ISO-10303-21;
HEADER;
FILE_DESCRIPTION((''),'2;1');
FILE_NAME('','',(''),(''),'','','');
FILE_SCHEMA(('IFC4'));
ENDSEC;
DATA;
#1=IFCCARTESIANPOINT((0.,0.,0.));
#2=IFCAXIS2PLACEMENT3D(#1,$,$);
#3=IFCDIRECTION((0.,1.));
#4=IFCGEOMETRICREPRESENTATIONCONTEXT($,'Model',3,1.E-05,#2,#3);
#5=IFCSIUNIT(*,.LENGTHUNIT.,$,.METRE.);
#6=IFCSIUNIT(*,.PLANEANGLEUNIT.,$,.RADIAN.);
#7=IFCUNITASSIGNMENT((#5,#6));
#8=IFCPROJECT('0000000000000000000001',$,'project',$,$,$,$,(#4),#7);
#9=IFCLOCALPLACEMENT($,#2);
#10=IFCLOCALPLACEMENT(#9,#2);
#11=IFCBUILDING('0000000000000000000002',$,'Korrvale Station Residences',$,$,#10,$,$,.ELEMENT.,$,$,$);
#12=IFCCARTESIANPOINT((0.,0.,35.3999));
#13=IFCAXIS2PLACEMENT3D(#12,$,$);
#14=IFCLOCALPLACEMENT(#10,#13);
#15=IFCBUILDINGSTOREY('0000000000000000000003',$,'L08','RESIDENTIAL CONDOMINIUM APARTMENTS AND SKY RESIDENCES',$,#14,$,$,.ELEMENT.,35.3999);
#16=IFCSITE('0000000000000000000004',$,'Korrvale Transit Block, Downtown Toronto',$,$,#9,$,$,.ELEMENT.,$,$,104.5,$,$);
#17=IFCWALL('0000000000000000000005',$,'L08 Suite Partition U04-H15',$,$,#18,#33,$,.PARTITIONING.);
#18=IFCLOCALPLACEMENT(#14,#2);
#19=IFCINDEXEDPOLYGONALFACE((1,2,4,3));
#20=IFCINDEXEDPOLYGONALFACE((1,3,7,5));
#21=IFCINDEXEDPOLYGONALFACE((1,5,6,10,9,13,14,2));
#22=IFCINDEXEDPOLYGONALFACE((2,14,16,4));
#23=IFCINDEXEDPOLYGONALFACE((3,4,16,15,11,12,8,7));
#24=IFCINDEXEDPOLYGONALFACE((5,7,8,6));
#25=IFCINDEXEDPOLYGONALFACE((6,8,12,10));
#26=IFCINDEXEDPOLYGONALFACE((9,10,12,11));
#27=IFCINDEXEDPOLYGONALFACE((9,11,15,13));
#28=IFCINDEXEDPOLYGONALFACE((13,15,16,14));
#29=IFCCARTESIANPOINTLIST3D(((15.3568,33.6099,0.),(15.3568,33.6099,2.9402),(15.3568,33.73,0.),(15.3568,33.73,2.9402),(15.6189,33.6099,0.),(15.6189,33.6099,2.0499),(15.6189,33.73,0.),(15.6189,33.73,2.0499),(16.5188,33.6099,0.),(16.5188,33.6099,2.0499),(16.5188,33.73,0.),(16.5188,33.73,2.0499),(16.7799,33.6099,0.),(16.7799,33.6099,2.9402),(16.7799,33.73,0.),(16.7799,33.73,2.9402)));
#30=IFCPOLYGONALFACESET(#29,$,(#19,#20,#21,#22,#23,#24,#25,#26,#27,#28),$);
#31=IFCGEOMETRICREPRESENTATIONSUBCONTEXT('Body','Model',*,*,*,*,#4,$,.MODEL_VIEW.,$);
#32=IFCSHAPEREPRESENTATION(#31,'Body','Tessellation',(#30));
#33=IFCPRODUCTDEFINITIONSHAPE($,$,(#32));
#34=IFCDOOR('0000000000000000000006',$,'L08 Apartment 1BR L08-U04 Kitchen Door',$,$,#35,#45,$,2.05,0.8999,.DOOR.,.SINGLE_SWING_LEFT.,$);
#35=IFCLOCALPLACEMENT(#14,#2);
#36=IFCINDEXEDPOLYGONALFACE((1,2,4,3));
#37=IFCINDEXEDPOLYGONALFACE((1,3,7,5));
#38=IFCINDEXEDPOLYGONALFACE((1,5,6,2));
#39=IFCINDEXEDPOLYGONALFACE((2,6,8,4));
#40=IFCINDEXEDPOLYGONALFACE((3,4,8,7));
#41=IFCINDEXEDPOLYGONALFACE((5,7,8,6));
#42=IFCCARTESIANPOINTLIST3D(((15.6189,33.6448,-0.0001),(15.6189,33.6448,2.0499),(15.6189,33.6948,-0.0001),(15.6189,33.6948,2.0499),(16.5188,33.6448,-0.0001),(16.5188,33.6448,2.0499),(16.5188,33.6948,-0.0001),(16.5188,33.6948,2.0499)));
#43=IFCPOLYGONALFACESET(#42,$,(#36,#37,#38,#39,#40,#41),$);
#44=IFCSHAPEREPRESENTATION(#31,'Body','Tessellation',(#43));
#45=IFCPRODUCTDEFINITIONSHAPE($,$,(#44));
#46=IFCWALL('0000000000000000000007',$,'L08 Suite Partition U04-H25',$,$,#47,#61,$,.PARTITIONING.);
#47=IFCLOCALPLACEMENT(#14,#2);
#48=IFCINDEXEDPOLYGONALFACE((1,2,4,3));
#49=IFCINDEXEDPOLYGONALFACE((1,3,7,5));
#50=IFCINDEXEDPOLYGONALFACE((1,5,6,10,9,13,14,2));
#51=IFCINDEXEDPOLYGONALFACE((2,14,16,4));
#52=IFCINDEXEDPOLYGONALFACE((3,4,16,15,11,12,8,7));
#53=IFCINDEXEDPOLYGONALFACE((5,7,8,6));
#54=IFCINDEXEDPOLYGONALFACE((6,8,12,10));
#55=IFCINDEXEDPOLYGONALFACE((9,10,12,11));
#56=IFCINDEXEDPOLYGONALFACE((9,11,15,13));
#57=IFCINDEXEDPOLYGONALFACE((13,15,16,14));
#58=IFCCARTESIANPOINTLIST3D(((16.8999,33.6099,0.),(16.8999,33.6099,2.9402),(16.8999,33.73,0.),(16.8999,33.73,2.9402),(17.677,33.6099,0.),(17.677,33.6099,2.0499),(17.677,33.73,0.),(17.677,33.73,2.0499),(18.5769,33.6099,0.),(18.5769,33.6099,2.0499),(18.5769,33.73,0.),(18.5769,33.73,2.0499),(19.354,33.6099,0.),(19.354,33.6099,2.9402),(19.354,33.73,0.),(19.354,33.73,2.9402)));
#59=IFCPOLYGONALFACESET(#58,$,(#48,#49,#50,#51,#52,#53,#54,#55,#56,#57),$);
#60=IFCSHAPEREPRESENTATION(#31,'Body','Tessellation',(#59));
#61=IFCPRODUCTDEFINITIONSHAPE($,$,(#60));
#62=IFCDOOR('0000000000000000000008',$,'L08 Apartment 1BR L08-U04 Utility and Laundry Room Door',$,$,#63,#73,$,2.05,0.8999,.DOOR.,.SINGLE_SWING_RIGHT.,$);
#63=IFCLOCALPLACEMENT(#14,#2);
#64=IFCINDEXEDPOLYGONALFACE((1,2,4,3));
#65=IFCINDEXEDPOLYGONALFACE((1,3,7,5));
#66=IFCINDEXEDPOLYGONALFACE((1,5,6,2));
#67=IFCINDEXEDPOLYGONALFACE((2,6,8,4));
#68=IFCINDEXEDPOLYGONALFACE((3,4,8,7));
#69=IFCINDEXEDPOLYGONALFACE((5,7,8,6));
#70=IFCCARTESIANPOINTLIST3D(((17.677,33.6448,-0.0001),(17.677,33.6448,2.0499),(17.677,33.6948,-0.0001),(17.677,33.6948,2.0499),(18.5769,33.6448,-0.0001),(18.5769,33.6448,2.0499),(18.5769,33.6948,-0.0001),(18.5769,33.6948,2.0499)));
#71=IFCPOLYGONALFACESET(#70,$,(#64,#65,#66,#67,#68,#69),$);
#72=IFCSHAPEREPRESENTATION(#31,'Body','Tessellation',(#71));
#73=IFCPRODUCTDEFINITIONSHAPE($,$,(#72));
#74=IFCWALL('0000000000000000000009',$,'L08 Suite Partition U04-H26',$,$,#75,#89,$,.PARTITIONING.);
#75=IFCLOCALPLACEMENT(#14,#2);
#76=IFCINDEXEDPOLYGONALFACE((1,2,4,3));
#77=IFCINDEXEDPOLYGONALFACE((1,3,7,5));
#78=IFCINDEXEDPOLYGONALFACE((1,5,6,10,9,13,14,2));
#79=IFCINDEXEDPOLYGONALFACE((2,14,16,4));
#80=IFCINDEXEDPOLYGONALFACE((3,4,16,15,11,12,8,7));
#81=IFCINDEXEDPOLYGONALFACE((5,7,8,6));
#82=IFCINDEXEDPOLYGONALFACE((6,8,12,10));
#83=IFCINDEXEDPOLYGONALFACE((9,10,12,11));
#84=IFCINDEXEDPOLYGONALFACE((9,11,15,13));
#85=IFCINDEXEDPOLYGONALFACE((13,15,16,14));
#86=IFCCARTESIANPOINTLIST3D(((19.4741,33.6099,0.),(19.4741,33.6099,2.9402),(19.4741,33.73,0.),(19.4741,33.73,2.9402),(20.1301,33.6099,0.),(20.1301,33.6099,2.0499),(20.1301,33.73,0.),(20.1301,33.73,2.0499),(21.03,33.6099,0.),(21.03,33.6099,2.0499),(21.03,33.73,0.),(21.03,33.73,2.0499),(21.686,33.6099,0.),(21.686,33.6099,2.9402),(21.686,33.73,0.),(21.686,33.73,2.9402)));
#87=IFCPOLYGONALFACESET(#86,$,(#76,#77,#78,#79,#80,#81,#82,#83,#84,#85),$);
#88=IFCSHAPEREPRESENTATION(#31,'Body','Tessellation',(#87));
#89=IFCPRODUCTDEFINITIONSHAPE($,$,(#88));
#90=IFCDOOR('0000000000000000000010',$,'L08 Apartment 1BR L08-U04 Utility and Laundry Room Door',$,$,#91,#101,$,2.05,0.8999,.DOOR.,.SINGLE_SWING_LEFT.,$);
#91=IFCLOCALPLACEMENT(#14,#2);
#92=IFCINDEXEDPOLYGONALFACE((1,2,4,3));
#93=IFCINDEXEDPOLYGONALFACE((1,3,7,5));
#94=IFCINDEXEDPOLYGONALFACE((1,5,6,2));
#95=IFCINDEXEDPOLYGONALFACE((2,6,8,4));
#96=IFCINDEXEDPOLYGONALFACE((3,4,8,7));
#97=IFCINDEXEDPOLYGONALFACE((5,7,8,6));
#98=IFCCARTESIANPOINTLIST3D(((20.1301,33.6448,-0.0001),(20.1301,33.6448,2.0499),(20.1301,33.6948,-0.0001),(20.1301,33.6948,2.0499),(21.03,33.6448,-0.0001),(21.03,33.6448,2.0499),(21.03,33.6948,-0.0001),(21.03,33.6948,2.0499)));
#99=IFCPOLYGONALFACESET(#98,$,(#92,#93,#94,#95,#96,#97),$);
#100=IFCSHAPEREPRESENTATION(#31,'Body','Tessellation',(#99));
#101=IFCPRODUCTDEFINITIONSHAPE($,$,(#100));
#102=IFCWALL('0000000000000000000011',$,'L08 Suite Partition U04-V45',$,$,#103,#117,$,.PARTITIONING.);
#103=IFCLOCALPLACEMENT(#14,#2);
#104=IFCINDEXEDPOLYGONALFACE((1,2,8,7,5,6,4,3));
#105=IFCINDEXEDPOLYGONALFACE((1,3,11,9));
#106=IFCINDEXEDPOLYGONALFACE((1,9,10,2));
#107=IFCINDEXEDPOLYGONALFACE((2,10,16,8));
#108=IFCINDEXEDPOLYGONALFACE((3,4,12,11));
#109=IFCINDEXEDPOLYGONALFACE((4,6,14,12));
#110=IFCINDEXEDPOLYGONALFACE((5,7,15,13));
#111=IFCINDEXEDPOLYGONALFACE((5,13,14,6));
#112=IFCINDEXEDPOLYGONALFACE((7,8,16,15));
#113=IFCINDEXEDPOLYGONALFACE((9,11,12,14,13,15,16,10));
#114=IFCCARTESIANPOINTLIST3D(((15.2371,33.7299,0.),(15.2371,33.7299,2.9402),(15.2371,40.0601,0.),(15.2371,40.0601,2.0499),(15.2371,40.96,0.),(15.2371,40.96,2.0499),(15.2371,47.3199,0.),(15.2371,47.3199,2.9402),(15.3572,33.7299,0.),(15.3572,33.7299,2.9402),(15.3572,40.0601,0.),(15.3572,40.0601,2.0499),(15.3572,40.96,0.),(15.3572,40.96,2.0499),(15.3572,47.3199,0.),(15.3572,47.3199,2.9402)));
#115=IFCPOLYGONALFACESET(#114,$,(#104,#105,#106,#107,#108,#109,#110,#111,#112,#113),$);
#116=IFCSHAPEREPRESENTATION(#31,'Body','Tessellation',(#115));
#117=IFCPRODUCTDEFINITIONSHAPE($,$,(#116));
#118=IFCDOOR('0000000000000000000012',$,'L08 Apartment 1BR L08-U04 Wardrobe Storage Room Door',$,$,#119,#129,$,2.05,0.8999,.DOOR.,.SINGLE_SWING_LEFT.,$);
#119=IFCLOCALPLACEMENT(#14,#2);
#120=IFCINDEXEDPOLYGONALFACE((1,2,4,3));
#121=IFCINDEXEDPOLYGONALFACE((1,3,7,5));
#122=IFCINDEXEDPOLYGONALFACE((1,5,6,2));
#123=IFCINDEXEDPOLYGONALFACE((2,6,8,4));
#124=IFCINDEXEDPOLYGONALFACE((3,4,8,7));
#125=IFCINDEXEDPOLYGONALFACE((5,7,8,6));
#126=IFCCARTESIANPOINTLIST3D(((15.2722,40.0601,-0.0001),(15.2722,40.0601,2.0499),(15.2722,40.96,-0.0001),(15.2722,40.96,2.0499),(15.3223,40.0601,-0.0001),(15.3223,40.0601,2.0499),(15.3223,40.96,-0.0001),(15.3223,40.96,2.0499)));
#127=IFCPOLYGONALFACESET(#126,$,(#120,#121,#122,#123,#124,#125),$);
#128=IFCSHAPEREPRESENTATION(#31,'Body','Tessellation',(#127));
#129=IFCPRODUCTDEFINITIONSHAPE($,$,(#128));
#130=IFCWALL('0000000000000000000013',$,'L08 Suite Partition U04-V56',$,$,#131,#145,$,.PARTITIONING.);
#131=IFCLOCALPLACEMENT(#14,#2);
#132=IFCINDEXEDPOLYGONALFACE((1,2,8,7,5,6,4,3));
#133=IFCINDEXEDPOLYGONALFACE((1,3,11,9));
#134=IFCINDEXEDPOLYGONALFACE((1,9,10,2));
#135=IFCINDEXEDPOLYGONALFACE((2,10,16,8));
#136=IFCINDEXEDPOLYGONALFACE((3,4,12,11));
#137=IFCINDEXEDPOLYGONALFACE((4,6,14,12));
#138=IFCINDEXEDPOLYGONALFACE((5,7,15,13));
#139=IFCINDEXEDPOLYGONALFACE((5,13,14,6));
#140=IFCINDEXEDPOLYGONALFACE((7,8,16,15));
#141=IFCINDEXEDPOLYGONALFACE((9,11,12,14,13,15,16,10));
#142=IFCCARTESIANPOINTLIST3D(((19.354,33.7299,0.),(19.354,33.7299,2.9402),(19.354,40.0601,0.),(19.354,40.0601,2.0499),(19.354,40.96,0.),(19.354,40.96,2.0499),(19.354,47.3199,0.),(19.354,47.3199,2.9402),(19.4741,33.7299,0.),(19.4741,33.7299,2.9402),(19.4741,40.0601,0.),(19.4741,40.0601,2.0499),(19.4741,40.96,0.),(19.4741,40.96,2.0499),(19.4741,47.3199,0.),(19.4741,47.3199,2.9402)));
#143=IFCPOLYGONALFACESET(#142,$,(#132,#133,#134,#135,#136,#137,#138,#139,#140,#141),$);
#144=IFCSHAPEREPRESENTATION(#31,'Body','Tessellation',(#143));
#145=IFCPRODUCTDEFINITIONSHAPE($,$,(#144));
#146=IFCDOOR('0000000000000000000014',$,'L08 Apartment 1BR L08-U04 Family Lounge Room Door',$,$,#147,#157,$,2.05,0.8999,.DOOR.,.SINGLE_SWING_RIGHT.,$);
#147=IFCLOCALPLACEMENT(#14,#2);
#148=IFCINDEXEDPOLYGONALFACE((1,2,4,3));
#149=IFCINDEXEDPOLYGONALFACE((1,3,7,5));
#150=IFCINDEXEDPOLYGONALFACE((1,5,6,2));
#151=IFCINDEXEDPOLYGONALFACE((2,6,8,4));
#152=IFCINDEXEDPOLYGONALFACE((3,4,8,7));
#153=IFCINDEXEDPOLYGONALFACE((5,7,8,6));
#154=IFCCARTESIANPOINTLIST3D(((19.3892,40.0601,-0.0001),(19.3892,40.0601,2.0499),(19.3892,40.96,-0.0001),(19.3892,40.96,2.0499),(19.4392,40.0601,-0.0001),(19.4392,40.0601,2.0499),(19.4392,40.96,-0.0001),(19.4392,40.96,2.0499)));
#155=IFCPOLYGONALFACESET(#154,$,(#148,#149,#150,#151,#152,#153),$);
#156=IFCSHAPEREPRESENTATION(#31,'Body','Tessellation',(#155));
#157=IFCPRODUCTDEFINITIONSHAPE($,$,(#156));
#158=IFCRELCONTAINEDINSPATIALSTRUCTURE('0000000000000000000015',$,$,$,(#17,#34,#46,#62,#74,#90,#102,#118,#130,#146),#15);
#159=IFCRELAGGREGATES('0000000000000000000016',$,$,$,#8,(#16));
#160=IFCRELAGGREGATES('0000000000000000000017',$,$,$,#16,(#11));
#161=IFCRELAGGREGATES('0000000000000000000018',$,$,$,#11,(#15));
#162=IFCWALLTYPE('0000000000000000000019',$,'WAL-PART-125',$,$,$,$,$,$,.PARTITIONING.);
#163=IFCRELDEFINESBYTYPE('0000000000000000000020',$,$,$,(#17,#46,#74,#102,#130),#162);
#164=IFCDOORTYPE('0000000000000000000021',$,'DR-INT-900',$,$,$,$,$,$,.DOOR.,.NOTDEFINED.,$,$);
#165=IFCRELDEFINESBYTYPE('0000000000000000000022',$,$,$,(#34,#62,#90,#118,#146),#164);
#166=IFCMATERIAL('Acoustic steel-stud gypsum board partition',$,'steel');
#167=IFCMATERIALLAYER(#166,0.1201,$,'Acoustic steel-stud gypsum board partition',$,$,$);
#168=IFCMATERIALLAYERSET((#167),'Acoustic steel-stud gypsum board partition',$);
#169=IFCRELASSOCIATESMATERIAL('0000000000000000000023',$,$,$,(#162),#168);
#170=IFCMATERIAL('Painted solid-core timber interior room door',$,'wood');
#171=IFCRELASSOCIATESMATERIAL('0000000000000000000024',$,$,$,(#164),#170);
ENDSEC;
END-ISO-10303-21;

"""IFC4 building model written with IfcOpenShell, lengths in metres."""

from ifc_helpers import new_model, si_unit, direction, frame, frame_2d, origin, place, context, subcontext, project, spatial, rectangle, extrude, material, layer, layer_set, type_object, element, fill, save


model = new_model("IFC4")

# Units and contexts
model_context = context("Model", 3, precision=1e-05, world=origin(), true_north=direction((0.0, 1.0)))
body_context = subcontext(model_context, "Body", "Model", "MODEL_VIEW")
ifc_project = project(units=[si_unit("LENGTHUNIT", "METRE"), si_unit("PLANEANGLEUNIT", "RADIAN")], contexts=[model_context])

# Site, building, storey
site_placement = place(None, origin())
site = spatial("IfcSite", under=ifc_project, at=site_placement, Name="Korrvale Transit Block, Downtown Toronto", CompositionType="ELEMENT", RefElevation=104.5)
building_placement = place(site_placement, origin())
building = spatial("IfcBuilding", under=site, at=building_placement, Name="Korrvale Station Residences", CompositionType="ELEMENT")
storey_placement = place(building_placement, frame((0.0, 0.0, 35.3999)))
storey = spatial("IfcBuildingStorey", under=building, at=storey_placement, Name="L08", Description="RESIDENTIAL CONDOMINIUM APARTMENTS AND SKY RESIDENCES", CompositionType="ELEMENT", Elevation=35.3999)

# Walls, openings, doors
ifc_material_1 = material(Name="Acoustic steel-stud gypsum board partition", Category="steel")
ifc_layer_1 = layer(ifc_material_1, 0.1201, Name="Acoustic steel-stud gypsum board partition")
ifc_layer_set_1 = layer_set([ifc_layer_1], Name="Acoustic steel-stud gypsum board partition")
wall_type = type_object("IfcWallType", Name="WAL-PART-125", PredefinedType="PARTITIONING", material=ifc_layer_set_1)
wall_1_placement = place(storey_placement, frame((15.3569, 33.6699, 0.0), z_axis=(0.0, 0.0, 1.0), x_axis=(1.0, 0.0, 0.0)))
wall_1 = element("IfcWall", 1, at=wall_1_placement, inside=storey, type_object=wall_type, Name="L08 Suite Partition U04-H15", PredefinedType="PARTITIONING", context=body_context, shape_type="SweptSolid", body=[
    extrude(rectangle(XDim=1.4231, YDim=0.1201, at=frame_2d((0.7114, 0.0))), origin(), (0.0, 0.0, 1.0), 2.9402),
])
opening_1_placement = place(wall_1_placement, frame((0.262, 0.0, 0.0)))
opening_1 = element("IfcOpeningElement", 2, at=opening_1_placement, cuts=wall_1, PredefinedType="OPENING", context=body_context, shape_type="SweptSolid", body=[
    extrude(rectangle(XDim=0.8999, YDim=2.05, at=frame_2d((0.45, 1.0249))), frame((0.0, 0.0701, 0.0), z_axis=(0.0, -1.0, 0.0), x_axis=(1.0, 0.0, 0.0)), (0.0, 0.0, 1.0), 0.1401),
])
ifc_material_2 = material(Name="Painted solid-core timber interior room door", Category="wood")
door_type_1 = type_object("IfcDoorType", Name="DR-INT-900", OperationType="NOTDEFINED", PredefinedType="DOOR", material=ifc_material_2)
door_1_placement = place(opening_1_placement, origin())
door_1 = element("IfcDoor", 3, at=door_1_placement, inside=storey, type_object=door_type_1, Name="L08 Apartment 1BR L08-U04 Kitchen Door", OperationType="SINGLE_SWING_LEFT", OverallHeight=2.05, OverallWidth=0.8999, PredefinedType="DOOR", context=body_context, shape_type="SweptSolid", body=[
    extrude(rectangle(XDim=0.8999, YDim=2.05, at=frame_2d((0.45, 1.0249))), frame((0.0, 0.0249, 0.0), z_axis=(0.0, -1.0, 0.0), x_axis=(1.0, 0.0, 0.0)), (0.0, 0.0, 1.0), 0.05),
])
fill(opening_1, door_1)
wall_2_placement = place(storey_placement, frame((16.8999, 33.6699, 0.0), z_axis=(0.0, 0.0, 1.0), x_axis=(1.0, 0.0, 0.0)))
wall_2 = element("IfcWall", 4, at=wall_2_placement, inside=storey, type_object=wall_type, Name="L08 Suite Partition U04-H25", PredefinedType="PARTITIONING", context=body_context, shape_type="SweptSolid", body=[
    extrude(rectangle(XDim=2.4541, YDim=0.1201, at=frame_2d((1.2271, 0.0))), origin(), (0.0, 0.0, 1.0), 2.9402),
])
opening_2_placement = place(wall_2_placement, frame((0.7771, 0.0, 0.0)))
opening_2 = element("IfcOpeningElement", 5, at=opening_2_placement, cuts=wall_2, PredefinedType="OPENING", context=body_context, shape_type="SweptSolid", body=[
    extrude(rectangle(XDim=0.8999, YDim=2.05, at=frame_2d((0.45, 1.0249))), frame((0.0, 0.0701, 0.0), z_axis=(0.0, -1.0, 0.0), x_axis=(1.0, 0.0, 0.0)), (0.0, 0.0, 1.0), 0.1401),
])
door_2_placement = place(opening_2_placement, origin())
door_2 = element("IfcDoor", 6, at=door_2_placement, inside=storey, type_object=door_type_1, Name="L08 Apartment 1BR L08-U04 Utility and Laundry Room Door", OperationType="SINGLE_SWING_RIGHT", OverallHeight=2.05, OverallWidth=0.8999, PredefinedType="DOOR", context=body_context, shape_type="SweptSolid", body=[
    extrude(rectangle(XDim=0.8999, YDim=2.05, at=frame_2d((0.45, 1.0249))), frame((0.0, 0.0249, 0.0), z_axis=(0.0, -1.0, 0.0), x_axis=(1.0, 0.0, 0.0)), (0.0, 0.0, 1.0), 0.05),
])
fill(opening_2, door_2)
wall_3_placement = place(storey_placement, frame((19.4741, 33.6699, 0.0), z_axis=(0.0, 0.0, 1.0), x_axis=(1.0, 0.0, 0.0)))
wall_3 = element("IfcWall", 7, at=wall_3_placement, inside=storey, type_object=wall_type, Name="L08 Suite Partition U04-H26", PredefinedType="PARTITIONING", context=body_context, shape_type="SweptSolid", body=[
    extrude(rectangle(XDim=2.2119, YDim=0.1201, at=frame_2d((1.106, 0.0))), origin(), (0.0, 0.0, 1.0), 2.9402),
])
opening_3_placement = place(wall_3_placement, frame((0.656, 0.0, 0.0)))
opening_3 = element("IfcOpeningElement", 8, at=opening_3_placement, cuts=wall_3, PredefinedType="OPENING", context=body_context, shape_type="SweptSolid", body=[
    extrude(rectangle(XDim=0.8999, YDim=2.05, at=frame_2d((0.45, 1.0249))), frame((0.0, 0.0701, 0.0), z_axis=(0.0, -1.0, 0.0), x_axis=(1.0, 0.0, 0.0)), (0.0, 0.0, 1.0), 0.1401),
])
door_3_placement = place(opening_3_placement, origin())
door_3 = element("IfcDoor", 9, at=door_3_placement, inside=storey, type_object=door_type_1, Name="L08 Apartment 1BR L08-U04 Utility and Laundry Room Door", OperationType="SINGLE_SWING_LEFT", OverallHeight=2.05, OverallWidth=0.8999, PredefinedType="DOOR", context=body_context, shape_type="SweptSolid", body=[
    extrude(rectangle(XDim=0.8999, YDim=2.05, at=frame_2d((0.45, 1.0249))), frame((0.0, 0.0249, 0.0), z_axis=(0.0, -1.0, 0.0), x_axis=(1.0, 0.0, 0.0)), (0.0, 0.0, 1.0), 0.05),
])
fill(opening_3, door_3)
wall_4_placement = place(storey_placement, frame((15.2971, 33.73, 0.0), z_axis=(0.0, 0.0, 1.0), x_axis=(0.0, 1.0, 0.0)))
wall_4 = element("IfcWall", 10, at=wall_4_placement, inside=storey, type_object=wall_type, Name="L08 Suite Partition U04-V45", PredefinedType="PARTITIONING", context=body_context, shape_type="SweptSolid", body=[
    extrude(rectangle(XDim=13.5901, YDim=0.1201, at=frame_2d((6.7949, 0.0))), origin(), (0.0, 0.0, 1.0), 2.9402),
])
opening_4_placement = place(wall_4_placement, frame((6.3301, 0.0, 0.0)))
opening_4 = element("IfcOpeningElement", 11, at=opening_4_placement, cuts=wall_4, PredefinedType="OPENING", context=body_context, shape_type="SweptSolid", body=[
    extrude(rectangle(XDim=0.8999, YDim=2.05, at=frame_2d((0.45, 1.0249))), frame((0.0, 0.0701, 0.0), z_axis=(0.0, -1.0, 0.0), x_axis=(1.0, 0.0, 0.0)), (0.0, 0.0, 1.0), 0.1401),
])
door_4_placement = place(opening_4_placement, origin())
door_4 = element("IfcDoor", 12, at=door_4_placement, inside=storey, type_object=door_type_1, Name="L08 Apartment 1BR L08-U04 Wardrobe Storage Room Door", OperationType="SINGLE_SWING_LEFT", OverallHeight=2.05, OverallWidth=0.8999, PredefinedType="DOOR", context=body_context, shape_type="SweptSolid", body=[
    extrude(rectangle(XDim=0.8999, YDim=2.05, at=frame_2d((0.45, 1.0249))), frame((0.0, 0.0249, 0.0), z_axis=(0.0, -1.0, 0.0), x_axis=(1.0, 0.0, 0.0)), (0.0, 0.0, 1.0), 0.05),
])
fill(opening_4, door_4)
wall_5_placement = place(storey_placement, frame((19.4141, 33.73, 0.0), z_axis=(0.0, 0.0, 1.0), x_axis=(0.0, 1.0, 0.0)))
wall_5 = element("IfcWall", 13, at=wall_5_placement, inside=storey, type_object=wall_type, Name="L08 Suite Partition U04-V56", PredefinedType="PARTITIONING", context=body_context, shape_type="SweptSolid", body=[
    extrude(rectangle(XDim=13.5901, YDim=0.1201, at=frame_2d((6.7949, 0.0))), origin(), (0.0, 0.0, 1.0), 2.9402),
])
opening_5_placement = place(wall_5_placement, frame((6.3301, 0.0, 0.0)))
opening_5 = element("IfcOpeningElement", 14, at=opening_5_placement, cuts=wall_5, PredefinedType="OPENING", context=body_context, shape_type="SweptSolid", body=[
    extrude(rectangle(XDim=0.8999, YDim=2.05, at=frame_2d((0.45, 1.0249))), frame((0.0, 0.0701, 0.0), z_axis=(0.0, -1.0, 0.0), x_axis=(1.0, 0.0, 0.0)), (0.0, 0.0, 1.0), 0.1401),
])
door_5_placement = place(opening_5_placement, origin())
door_5 = element("IfcDoor", 15, at=door_5_placement, inside=storey, type_object=door_type_1, Name="L08 Apartment 1BR L08-U04 Family Lounge Room Door", OperationType="SINGLE_SWING_RIGHT", OverallHeight=2.05, OverallWidth=0.8999, PredefinedType="DOOR", context=body_context, shape_type="SweptSolid", body=[
    extrude(rectangle(XDim=0.8999, YDim=2.05, at=frame_2d((0.45, 1.0249))), frame((0.0, 0.0249, 0.0), z_axis=(0.0, -1.0, 0.0), x_axis=(1.0, 0.0, 0.0)), (0.0, 0.0, 1.0), 0.05),
])
fill(opening_5, door_5)

save(model, "model.ifc")
